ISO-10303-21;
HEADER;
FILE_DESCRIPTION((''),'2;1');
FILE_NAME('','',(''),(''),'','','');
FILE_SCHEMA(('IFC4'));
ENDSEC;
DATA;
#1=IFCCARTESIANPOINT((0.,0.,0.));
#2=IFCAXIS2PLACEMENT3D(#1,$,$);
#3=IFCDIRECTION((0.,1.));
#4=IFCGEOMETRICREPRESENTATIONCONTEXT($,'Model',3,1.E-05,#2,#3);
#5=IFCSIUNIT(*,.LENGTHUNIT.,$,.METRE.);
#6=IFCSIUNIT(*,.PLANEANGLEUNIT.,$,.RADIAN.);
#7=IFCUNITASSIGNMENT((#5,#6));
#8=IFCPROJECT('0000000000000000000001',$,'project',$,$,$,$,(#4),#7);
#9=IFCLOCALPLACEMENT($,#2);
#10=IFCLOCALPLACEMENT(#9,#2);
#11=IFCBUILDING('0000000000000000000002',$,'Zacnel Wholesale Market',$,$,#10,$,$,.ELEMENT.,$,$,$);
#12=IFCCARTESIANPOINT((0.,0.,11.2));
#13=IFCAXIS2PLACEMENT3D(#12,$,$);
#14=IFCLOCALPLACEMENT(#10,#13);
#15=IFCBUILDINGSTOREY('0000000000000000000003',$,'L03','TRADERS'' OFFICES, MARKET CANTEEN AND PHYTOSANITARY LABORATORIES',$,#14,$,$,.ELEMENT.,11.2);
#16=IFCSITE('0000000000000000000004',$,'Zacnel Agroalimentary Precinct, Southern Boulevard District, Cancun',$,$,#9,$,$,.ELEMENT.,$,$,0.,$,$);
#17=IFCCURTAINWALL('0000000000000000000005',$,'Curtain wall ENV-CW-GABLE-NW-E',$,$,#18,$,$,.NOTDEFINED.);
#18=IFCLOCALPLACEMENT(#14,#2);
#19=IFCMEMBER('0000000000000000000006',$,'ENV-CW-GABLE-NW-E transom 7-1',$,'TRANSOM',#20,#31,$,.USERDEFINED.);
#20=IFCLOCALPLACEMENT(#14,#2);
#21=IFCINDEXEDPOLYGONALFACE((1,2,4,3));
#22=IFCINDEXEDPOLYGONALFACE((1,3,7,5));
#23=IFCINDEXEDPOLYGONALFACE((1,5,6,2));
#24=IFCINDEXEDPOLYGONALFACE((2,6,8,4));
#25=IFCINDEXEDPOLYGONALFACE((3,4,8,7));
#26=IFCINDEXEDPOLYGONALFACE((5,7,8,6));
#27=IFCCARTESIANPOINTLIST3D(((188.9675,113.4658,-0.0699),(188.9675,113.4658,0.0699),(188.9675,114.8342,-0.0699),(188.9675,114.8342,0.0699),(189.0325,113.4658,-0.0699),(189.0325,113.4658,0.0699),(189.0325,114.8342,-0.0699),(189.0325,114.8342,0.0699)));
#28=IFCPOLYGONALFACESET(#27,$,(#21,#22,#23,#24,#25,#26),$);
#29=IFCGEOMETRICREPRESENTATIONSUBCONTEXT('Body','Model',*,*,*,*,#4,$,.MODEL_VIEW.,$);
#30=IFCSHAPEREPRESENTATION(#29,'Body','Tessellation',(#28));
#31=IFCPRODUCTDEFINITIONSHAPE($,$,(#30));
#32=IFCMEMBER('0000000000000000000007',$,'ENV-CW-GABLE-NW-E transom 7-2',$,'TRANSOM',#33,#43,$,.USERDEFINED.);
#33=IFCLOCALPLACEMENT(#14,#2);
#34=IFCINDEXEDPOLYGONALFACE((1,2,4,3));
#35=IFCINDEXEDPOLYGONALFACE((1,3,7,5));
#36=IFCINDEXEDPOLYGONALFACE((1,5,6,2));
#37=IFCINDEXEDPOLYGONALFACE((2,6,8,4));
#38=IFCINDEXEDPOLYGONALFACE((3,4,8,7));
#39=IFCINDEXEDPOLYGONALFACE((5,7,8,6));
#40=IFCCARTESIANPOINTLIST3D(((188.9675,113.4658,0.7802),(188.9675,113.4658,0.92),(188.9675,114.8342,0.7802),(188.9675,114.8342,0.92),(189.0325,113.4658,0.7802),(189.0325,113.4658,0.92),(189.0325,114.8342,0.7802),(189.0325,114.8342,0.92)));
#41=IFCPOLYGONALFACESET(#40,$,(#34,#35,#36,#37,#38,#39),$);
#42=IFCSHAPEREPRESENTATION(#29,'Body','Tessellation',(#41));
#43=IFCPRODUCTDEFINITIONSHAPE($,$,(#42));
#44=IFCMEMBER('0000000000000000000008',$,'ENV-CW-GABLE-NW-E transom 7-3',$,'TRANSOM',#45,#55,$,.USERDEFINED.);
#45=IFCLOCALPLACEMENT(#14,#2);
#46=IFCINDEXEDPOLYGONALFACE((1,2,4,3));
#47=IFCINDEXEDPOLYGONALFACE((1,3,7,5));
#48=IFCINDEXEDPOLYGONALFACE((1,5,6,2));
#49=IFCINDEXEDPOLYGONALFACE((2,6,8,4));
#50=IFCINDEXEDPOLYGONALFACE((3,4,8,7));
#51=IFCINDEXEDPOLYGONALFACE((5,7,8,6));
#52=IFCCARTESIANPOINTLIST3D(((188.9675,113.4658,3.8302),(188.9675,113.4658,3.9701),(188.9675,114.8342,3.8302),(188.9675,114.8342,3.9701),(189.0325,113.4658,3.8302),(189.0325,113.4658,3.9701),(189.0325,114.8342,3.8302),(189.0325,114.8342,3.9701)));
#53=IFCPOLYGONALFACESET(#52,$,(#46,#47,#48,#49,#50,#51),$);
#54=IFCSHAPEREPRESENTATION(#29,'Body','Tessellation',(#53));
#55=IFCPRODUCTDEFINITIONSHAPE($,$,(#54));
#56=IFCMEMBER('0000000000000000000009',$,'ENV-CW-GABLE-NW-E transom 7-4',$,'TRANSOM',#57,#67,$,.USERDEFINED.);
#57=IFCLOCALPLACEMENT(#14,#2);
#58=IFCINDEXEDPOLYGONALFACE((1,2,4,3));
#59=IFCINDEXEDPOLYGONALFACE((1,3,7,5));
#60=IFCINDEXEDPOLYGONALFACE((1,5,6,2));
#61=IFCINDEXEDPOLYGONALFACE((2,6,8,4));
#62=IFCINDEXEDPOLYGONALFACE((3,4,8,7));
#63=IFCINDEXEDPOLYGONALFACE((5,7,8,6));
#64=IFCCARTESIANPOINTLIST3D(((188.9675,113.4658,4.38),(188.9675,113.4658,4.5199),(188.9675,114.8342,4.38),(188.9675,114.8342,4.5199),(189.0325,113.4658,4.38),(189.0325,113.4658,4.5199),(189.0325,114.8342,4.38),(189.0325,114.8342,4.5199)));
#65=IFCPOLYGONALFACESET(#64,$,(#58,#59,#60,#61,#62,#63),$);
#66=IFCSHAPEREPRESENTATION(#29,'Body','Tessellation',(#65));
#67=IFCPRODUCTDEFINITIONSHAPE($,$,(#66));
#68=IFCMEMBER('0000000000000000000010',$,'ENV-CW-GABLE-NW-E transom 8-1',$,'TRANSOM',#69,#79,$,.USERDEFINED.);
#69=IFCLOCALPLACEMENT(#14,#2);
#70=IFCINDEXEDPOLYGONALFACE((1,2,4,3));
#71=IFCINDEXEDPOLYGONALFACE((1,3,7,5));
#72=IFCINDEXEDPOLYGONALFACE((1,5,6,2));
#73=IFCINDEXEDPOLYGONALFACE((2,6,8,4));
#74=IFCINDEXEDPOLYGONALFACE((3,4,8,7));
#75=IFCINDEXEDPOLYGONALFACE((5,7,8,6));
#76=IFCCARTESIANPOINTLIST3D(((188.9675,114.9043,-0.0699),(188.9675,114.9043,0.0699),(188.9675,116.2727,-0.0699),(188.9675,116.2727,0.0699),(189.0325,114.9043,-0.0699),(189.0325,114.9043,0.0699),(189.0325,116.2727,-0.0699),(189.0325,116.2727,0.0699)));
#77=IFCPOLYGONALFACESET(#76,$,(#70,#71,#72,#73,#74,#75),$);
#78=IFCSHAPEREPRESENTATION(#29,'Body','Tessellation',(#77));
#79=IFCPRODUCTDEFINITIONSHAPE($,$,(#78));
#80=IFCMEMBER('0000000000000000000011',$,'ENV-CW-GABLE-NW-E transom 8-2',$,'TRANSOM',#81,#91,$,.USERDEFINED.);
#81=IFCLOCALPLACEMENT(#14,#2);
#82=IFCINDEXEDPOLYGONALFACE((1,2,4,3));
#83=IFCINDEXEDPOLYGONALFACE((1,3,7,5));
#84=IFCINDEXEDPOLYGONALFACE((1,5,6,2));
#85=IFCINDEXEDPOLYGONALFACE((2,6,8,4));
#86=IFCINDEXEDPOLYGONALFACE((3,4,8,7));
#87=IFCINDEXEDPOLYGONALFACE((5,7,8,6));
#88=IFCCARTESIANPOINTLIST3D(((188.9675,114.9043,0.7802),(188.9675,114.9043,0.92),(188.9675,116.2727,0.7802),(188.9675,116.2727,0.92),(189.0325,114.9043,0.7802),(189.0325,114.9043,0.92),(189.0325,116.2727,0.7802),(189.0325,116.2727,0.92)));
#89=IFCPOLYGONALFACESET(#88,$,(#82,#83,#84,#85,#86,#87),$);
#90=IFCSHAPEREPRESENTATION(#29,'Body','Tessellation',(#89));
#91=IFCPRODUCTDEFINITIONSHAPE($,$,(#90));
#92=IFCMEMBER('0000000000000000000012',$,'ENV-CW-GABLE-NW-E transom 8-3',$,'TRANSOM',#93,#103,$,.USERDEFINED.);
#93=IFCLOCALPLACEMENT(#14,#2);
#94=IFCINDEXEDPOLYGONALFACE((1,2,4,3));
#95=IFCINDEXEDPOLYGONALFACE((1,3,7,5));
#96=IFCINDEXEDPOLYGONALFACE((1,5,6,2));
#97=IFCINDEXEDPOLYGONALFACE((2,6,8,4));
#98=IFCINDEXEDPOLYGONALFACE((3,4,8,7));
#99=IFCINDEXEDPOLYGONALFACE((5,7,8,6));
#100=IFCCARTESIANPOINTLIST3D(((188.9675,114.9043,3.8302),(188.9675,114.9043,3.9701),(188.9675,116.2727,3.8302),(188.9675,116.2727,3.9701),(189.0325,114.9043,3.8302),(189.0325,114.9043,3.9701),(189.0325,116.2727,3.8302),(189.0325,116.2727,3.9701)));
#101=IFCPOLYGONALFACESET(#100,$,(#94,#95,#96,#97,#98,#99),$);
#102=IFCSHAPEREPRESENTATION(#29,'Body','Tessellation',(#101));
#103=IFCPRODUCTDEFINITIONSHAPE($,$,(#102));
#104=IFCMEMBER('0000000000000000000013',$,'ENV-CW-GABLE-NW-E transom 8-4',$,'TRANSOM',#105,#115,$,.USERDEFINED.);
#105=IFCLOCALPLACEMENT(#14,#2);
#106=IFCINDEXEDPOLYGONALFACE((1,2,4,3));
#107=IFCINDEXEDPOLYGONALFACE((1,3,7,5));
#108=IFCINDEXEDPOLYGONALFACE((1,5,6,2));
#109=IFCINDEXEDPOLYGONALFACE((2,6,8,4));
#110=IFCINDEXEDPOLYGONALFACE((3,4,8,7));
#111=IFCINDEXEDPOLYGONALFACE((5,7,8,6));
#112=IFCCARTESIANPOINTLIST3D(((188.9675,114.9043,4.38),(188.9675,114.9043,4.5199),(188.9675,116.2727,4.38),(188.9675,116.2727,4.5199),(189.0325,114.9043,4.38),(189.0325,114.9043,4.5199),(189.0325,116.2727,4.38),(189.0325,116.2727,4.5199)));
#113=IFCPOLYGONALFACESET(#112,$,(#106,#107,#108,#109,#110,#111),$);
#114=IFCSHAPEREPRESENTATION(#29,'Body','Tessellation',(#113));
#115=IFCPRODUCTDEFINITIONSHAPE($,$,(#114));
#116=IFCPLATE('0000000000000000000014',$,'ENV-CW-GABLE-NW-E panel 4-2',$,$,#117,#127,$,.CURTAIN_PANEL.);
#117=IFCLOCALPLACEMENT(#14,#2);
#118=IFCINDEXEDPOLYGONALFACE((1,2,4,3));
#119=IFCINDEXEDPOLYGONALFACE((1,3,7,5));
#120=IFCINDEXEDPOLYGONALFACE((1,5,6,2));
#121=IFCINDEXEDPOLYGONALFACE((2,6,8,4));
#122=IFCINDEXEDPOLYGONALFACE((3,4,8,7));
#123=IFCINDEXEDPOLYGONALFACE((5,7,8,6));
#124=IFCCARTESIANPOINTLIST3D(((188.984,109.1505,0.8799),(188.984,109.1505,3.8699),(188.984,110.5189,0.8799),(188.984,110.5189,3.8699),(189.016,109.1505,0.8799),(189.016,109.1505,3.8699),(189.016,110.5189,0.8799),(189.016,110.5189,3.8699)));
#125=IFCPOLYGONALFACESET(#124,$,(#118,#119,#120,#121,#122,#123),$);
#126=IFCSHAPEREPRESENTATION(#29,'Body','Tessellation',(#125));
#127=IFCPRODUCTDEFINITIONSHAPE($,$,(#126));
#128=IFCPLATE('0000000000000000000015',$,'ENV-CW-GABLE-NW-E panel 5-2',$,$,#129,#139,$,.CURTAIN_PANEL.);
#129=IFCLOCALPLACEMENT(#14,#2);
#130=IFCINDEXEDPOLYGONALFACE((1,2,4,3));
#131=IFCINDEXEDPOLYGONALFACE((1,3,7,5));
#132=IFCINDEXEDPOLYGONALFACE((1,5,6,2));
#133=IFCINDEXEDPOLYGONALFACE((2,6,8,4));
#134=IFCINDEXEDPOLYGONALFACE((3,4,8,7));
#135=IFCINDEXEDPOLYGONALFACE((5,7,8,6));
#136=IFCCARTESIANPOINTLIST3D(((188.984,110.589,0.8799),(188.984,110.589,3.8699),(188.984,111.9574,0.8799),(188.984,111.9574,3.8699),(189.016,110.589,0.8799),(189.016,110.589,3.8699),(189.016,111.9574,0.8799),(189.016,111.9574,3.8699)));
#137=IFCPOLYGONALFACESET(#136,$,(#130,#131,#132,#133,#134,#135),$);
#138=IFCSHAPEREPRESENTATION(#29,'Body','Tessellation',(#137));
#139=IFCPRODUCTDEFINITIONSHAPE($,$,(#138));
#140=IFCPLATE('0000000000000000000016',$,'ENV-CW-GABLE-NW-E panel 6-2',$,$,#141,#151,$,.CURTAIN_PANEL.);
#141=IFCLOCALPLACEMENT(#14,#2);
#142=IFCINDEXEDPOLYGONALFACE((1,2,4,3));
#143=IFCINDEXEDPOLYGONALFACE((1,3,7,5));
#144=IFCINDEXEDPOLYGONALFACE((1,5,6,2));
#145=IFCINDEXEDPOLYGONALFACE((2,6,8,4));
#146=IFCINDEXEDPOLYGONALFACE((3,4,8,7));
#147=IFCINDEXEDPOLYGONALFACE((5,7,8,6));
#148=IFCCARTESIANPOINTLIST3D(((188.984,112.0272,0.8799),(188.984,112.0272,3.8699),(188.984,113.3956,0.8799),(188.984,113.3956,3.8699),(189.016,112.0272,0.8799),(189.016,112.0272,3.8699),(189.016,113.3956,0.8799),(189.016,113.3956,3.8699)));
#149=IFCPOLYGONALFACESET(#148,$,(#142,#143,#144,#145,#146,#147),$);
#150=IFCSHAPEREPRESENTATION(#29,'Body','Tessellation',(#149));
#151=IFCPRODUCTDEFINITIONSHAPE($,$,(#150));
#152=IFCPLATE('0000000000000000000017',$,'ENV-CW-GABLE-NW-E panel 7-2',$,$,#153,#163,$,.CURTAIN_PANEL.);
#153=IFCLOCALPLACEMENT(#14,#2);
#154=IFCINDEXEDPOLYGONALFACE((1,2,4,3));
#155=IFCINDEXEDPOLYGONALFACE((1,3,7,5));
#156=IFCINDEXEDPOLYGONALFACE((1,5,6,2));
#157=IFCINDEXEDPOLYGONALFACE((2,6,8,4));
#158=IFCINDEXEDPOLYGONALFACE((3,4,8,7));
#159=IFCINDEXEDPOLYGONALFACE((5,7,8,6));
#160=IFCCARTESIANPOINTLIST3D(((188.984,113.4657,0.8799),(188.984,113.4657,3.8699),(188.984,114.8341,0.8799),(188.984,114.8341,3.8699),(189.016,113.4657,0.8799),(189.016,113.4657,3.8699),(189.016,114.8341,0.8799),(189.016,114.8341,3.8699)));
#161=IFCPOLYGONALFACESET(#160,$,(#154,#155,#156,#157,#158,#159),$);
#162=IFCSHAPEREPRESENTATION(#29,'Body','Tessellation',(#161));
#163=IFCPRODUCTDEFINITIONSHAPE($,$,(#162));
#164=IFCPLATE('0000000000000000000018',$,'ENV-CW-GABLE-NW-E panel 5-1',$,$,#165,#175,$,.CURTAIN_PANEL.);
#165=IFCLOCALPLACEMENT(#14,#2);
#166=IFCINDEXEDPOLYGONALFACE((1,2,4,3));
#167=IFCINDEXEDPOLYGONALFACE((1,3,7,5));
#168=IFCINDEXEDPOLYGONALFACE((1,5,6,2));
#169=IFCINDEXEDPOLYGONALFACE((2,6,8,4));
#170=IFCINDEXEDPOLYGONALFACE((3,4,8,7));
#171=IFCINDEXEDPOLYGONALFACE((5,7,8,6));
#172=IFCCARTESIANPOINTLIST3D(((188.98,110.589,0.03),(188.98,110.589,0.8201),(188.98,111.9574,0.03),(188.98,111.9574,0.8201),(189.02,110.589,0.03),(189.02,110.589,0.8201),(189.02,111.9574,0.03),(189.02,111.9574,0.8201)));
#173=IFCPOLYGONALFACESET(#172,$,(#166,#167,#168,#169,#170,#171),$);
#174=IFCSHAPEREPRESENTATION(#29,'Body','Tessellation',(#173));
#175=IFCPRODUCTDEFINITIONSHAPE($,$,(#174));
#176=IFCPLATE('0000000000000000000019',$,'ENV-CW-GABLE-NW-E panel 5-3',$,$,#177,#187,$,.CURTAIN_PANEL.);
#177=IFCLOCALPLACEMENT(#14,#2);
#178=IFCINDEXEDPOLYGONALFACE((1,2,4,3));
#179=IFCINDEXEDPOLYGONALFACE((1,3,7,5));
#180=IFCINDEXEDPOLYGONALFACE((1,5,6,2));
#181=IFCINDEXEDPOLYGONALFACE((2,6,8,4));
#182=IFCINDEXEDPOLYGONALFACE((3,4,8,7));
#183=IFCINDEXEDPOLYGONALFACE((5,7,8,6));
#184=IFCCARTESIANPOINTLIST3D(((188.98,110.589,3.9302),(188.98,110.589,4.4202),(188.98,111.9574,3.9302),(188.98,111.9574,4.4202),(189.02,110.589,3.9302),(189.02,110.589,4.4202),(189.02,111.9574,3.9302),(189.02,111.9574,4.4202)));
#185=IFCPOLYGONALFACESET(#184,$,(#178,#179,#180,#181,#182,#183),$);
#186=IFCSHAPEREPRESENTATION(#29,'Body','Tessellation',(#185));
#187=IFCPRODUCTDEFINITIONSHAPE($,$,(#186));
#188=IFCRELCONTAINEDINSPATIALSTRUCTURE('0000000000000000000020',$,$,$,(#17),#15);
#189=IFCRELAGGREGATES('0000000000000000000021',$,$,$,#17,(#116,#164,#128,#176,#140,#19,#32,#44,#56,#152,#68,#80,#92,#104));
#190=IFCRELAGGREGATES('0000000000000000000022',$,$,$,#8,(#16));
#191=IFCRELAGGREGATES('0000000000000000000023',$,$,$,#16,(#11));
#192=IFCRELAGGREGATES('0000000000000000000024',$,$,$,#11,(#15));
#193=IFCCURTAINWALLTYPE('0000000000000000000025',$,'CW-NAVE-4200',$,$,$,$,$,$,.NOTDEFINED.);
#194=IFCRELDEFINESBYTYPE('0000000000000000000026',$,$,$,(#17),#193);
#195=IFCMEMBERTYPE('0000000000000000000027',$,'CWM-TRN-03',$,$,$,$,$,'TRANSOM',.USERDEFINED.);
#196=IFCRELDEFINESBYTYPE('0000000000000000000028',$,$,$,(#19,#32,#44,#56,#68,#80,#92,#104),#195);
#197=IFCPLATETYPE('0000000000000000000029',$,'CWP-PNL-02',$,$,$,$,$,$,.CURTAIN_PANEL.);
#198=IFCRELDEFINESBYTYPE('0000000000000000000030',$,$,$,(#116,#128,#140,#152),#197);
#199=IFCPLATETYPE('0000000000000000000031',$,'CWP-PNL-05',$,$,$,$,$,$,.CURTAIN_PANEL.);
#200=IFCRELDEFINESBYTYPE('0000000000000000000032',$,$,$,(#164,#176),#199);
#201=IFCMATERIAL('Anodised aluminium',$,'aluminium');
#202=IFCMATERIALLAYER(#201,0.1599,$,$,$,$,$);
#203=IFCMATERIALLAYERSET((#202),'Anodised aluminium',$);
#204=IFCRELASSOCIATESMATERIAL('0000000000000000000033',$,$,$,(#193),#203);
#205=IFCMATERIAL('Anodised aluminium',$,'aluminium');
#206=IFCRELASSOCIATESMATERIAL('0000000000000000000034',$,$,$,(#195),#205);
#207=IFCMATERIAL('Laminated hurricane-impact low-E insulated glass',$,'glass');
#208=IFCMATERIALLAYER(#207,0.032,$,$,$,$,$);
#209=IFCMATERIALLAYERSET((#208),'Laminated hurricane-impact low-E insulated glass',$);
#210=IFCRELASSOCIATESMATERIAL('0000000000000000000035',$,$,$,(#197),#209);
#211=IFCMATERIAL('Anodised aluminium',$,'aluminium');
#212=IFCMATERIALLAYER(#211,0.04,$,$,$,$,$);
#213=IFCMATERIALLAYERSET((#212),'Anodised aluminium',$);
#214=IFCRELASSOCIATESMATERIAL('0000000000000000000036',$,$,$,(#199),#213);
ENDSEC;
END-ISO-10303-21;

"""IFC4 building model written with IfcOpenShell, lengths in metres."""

from ifc_helpers import new_model, si_unit, direction, frame, origin, origin_2d, place, context, subcontext, project, spatial, rectangle, extrude, material, layer, layer_set, material_profile, profile_set, type_object, element, aggregate, save


model = new_model("IFC4")

# Units and contexts
model_context = context("Model", 3, precision=1e-05, world=origin(), true_north=direction((0.0, 1.0)))
body_context = subcontext(model_context, "Body", "Model", "MODEL_VIEW")
ifc_project = project(units=[si_unit("LENGTHUNIT", "METRE"), si_unit("PLANEANGLEUNIT", "RADIAN")], contexts=[model_context])

# Site, building, storey
site_placement = place(None, origin())
site = spatial("IfcSite", under=ifc_project, at=site_placement, Name="Zacnel Agroalimentary Precinct, Southern Boulevard District, Cancun", CompositionType="ELEMENT", RefElevation=0.0)
building_placement = place(site_placement, origin())
building = spatial("IfcBuilding", under=site, at=building_placement, Name="Zacnel Wholesale Market", CompositionType="ELEMENT")
storey_placement = place(building_placement, frame((0.0, 0.0, 11.2)))
storey = spatial("IfcBuildingStorey", under=building, at=storey_placement, Name="L03", Description="TRADERS' OFFICES, MARKET CANTEEN AND PHYTOSANITARY LABORATORIES", CompositionType="ELEMENT", Elevation=11.2)

# Curtain wall, members, plates
ifc_material_1 = material(Name="Anodised aluminium", Category="aluminium")
ifc_layer_1 = layer(ifc_material_1, 0.1599)
ifc_layer_set_1 = layer_set([ifc_layer_1], Name="Anodised aluminium")
curtain_wall_type = type_object("IfcCurtainWallType", Name="CW-NAVE-4200", PredefinedType="NOTDEFINED", material=ifc_layer_set_1)
curtain_wall_placement = place(storey_placement, origin())
curtain_wall = element("IfcCurtainWall", 1, at=curtain_wall_placement, inside=storey, type_object=curtain_wall_type, Name="Curtain wall ENV-CW-GABLE-NW-E", PredefinedType="NOTDEFINED")
ifc_material_2 = material(Name="Anodised aluminium", Category="aluminium")
ifc_material_profile_1 = material_profile(ifc_material_2, rectangle(XDim=0.0649, YDim=0.1399, at=origin_2d()), Name="AW-TRANSOM 65x140")
ifc_profile_set_1 = profile_set([ifc_material_profile_1], Name="Anodised aluminium")
member_type_1 = type_object("IfcMemberType", Name="CWM-TRN-03", ElementType="TRANSOM", PredefinedType="USERDEFINED", material=ifc_profile_set_1)
member_1_placement = place(storey_placement, frame((189.0, 113.4658, 0.0), z_axis=(0.0, 1.0, 0.0), x_axis=(-1.0, 0.0, 0.0)))
member_1 = element("IfcMember", 2, at=member_1_placement, type_object=member_type_1, Name="ENV-CW-GABLE-NW-E transom 7-1", ObjectType="TRANSOM", PredefinedType="USERDEFINED", context=body_context, shape_type="SweptSolid", body=[
    extrude(rectangle(XDim=0.0649, YDim=0.1399, at=origin_2d()), origin(), (0.0, 0.0, 1.0), 1.3684),
])
member_2_placement = place(storey_placement, frame((189.0, 113.4658, 0.8501), z_axis=(0.0, 1.0, 0.0), x_axis=(-1.0, 0.0, 0.0)))
member_2 = element("IfcMember", 3, at=member_2_placement, type_object=member_type_1, Name="ENV-CW-GABLE-NW-E transom 7-2", ObjectType="TRANSOM", PredefinedType="USERDEFINED", context=body_context, shape_type="SweptSolid", body=[
    extrude(rectangle(XDim=0.0649, YDim=0.1399, at=origin_2d()), origin(), (0.0, 0.0, 1.0), 1.3684),
])
member_3_placement = place(storey_placement, frame((189.0, 113.4658, 3.9001), z_axis=(0.0, 1.0, 0.0), x_axis=(-1.0, 0.0, 0.0)))
member_3 = element("IfcMember", 4, at=member_3_placement, type_object=member_type_1, Name="ENV-CW-GABLE-NW-E transom 7-3", ObjectType="TRANSOM", PredefinedType="USERDEFINED", context=body_context, shape_type="SweptSolid", body=[
    extrude(rectangle(XDim=0.0649, YDim=0.1399, at=origin_2d()), origin(), (0.0, 0.0, 1.0), 1.3684),
])
member_4_placement = place(storey_placement, frame((189.0, 113.4658, 4.45), z_axis=(0.0, 1.0, 0.0), x_axis=(-1.0, 0.0, 0.0)))
member_4 = element("IfcMember", 5, at=member_4_placement, type_object=member_type_1, Name="ENV-CW-GABLE-NW-E transom 7-4", ObjectType="TRANSOM", PredefinedType="USERDEFINED", context=body_context, shape_type="SweptSolid", body=[
    extrude(rectangle(XDim=0.0649, YDim=0.1399, at=origin_2d()), origin(), (0.0, 0.0, 1.0), 1.3684),
])
member_5_placement = place(storey_placement, frame((189.0, 114.9043, 0.0), z_axis=(0.0, 1.0, 0.0), x_axis=(-1.0, 0.0, 0.0)))
member_5 = element("IfcMember", 6, at=member_5_placement, type_object=member_type_1, Name="ENV-CW-GABLE-NW-E transom 8-1", ObjectType="TRANSOM", PredefinedType="USERDEFINED", context=body_context, shape_type="SweptSolid", body=[
    extrude(rectangle(XDim=0.0649, YDim=0.1399, at=origin_2d()), origin(), (0.0, 0.0, 1.0), 1.3684),
])
member_6_placement = place(storey_placement, frame((189.0, 114.9043, 0.8501), z_axis=(0.0, 1.0, 0.0), x_axis=(-1.0, 0.0, 0.0)))
member_6 = element("IfcMember", 7, at=member_6_placement, type_object=member_type_1, Name="ENV-CW-GABLE-NW-E transom 8-2", ObjectType="TRANSOM", PredefinedType="USERDEFINED", context=body_context, shape_type="SweptSolid", body=[
    extrude(rectangle(XDim=0.0649, YDim=0.1399, at=origin_2d()), origin(), (0.0, 0.0, 1.0), 1.3684),
])
member_7_placement = place(storey_placement, frame((189.0, 114.9043, 3.9001), z_axis=(0.0, 1.0, 0.0), x_axis=(-1.0, 0.0, 0.0)))
member_7 = element("IfcMember", 8, at=member_7_placement, type_object=member_type_1, Name="ENV-CW-GABLE-NW-E transom 8-3", ObjectType="TRANSOM", PredefinedType="USERDEFINED", context=body_context, shape_type="SweptSolid", body=[
    extrude(rectangle(XDim=0.0649, YDim=0.1399, at=origin_2d()), origin(), (0.0, 0.0, 1.0), 1.3684),
])
member_8_placement = place(storey_placement, frame((189.0, 114.9043, 4.45), z_axis=(0.0, 1.0, 0.0), x_axis=(-1.0, 0.0, 0.0)))
member_8 = element("IfcMember", 9, at=member_8_placement, type_object=member_type_1, Name="ENV-CW-GABLE-NW-E transom 8-4", ObjectType="TRANSOM", PredefinedType="USERDEFINED", context=body_context, shape_type="SweptSolid", body=[
    extrude(rectangle(XDim=0.0649, YDim=0.1399, at=origin_2d()), origin(), (0.0, 0.0, 1.0), 1.3684),
])
ifc_material_3 = material(Name="Laminated hurricane-impact low-E insulated glass", Category="glass")
ifc_layer_2 = layer(ifc_material_3, 0.032)
ifc_layer_set_2 = layer_set([ifc_layer_2], Name="Laminated hurricane-impact low-E insulated glass")
plate_type_1 = type_object("IfcPlateType", Name="CWP-PNL-02", PredefinedType="CURTAIN_PANEL", material=ifc_layer_set_2)
plate_1_placement = place(storey_placement, frame((189.0, 109.8347, 0.8799), z_axis=(0.0, 0.0, 1.0), x_axis=(0.0, 1.0, 0.0)))
plate_1 = element("IfcPlate", 10, at=plate_1_placement, type_object=plate_type_1, Name="ENV-CW-GABLE-NW-E panel 4-2", PredefinedType="CURTAIN_PANEL", context=body_context, shape_type="SweptSolid", body=[
    extrude(rectangle(XDim=1.3684, YDim=0.032, at=origin_2d()), origin(), (0.0, 0.0, 1.0), 2.99),
])
plate_2_placement = place(storey_placement, frame((189.0, 111.2732, 0.8799), z_axis=(0.0, 0.0, 1.0), x_axis=(0.0, 1.0, 0.0)))
plate_2 = element("IfcPlate", 11, at=plate_2_placement, type_object=plate_type_1, Name="ENV-CW-GABLE-NW-E panel 5-2", PredefinedType="CURTAIN_PANEL", context=body_context, shape_type="SweptSolid", body=[
    extrude(rectangle(XDim=1.3684, YDim=0.032, at=origin_2d()), origin(), (0.0, 0.0, 1.0), 2.99),
])
plate_3_placement = place(storey_placement, frame((189.0, 112.7114, 0.8799), z_axis=(0.0, 0.0, 1.0), x_axis=(0.0, 1.0, 0.0)))
plate_3 = element("IfcPlate", 12, at=plate_3_placement, type_object=plate_type_1, Name="ENV-CW-GABLE-NW-E panel 6-2", PredefinedType="CURTAIN_PANEL", context=body_context, shape_type="SweptSolid", body=[
    extrude(rectangle(XDim=1.3684, YDim=0.032, at=origin_2d()), origin(), (0.0, 0.0, 1.0), 2.99),
])
plate_4_placement = place(storey_placement, frame((189.0, 114.1499, 0.8799), z_axis=(0.0, 0.0, 1.0), x_axis=(0.0, 1.0, 0.0)))
plate_4 = element("IfcPlate", 13, at=plate_4_placement, type_object=plate_type_1, Name="ENV-CW-GABLE-NW-E panel 7-2", PredefinedType="CURTAIN_PANEL", context=body_context, shape_type="SweptSolid", body=[
    extrude(rectangle(XDim=1.3684, YDim=0.032, at=origin_2d()), origin(), (0.0, 0.0, 1.0), 2.99),
])
ifc_material_4 = material(Name="Anodised aluminium", Category="aluminium")
ifc_layer_3 = layer(ifc_material_4, 0.04)
ifc_layer_set_3 = layer_set([ifc_layer_3], Name="Anodised aluminium")
plate_type_2 = type_object("IfcPlateType", Name="CWP-PNL-05", PredefinedType="CURTAIN_PANEL", material=ifc_layer_set_3)
plate_5_placement = place(storey_placement, frame((189.0, 111.2732, 0.03), z_axis=(0.0, 0.0, 1.0), x_axis=(0.0, 1.0, 0.0)))
plate_5 = element("IfcPlate", 14, at=plate_5_placement, type_object=plate_type_2, Name="ENV-CW-GABLE-NW-E panel 5-1", PredefinedType="CURTAIN_PANEL", context=body_context, shape_type="SweptSolid", body=[
    extrude(rectangle(XDim=1.3684, YDim=0.04, at=origin_2d()), origin(), (0.0, 0.0, 1.0), 0.79),
])
plate_6_placement = place(storey_placement, frame((189.0, 111.2732, 3.9302), z_axis=(0.0, 0.0, 1.0), x_axis=(0.0, 1.0, 0.0)))
plate_6 = element("IfcPlate", 15, at=plate_6_placement, type_object=plate_type_2, Name="ENV-CW-GABLE-NW-E panel 5-3", PredefinedType="CURTAIN_PANEL", context=body_context, shape_type="SweptSolid", body=[
    extrude(rectangle(XDim=1.3684, YDim=0.04, at=origin_2d()), origin(), (0.0, 0.0, 1.0), 0.49),
])
aggregate(curtain_wall, [plate_1, plate_5, plate_2, plate_6, plate_3, member_1, member_2, member_3, member_4, plate_4, member_5, member_6, member_7, member_8])

save(model, "model.ifc")
